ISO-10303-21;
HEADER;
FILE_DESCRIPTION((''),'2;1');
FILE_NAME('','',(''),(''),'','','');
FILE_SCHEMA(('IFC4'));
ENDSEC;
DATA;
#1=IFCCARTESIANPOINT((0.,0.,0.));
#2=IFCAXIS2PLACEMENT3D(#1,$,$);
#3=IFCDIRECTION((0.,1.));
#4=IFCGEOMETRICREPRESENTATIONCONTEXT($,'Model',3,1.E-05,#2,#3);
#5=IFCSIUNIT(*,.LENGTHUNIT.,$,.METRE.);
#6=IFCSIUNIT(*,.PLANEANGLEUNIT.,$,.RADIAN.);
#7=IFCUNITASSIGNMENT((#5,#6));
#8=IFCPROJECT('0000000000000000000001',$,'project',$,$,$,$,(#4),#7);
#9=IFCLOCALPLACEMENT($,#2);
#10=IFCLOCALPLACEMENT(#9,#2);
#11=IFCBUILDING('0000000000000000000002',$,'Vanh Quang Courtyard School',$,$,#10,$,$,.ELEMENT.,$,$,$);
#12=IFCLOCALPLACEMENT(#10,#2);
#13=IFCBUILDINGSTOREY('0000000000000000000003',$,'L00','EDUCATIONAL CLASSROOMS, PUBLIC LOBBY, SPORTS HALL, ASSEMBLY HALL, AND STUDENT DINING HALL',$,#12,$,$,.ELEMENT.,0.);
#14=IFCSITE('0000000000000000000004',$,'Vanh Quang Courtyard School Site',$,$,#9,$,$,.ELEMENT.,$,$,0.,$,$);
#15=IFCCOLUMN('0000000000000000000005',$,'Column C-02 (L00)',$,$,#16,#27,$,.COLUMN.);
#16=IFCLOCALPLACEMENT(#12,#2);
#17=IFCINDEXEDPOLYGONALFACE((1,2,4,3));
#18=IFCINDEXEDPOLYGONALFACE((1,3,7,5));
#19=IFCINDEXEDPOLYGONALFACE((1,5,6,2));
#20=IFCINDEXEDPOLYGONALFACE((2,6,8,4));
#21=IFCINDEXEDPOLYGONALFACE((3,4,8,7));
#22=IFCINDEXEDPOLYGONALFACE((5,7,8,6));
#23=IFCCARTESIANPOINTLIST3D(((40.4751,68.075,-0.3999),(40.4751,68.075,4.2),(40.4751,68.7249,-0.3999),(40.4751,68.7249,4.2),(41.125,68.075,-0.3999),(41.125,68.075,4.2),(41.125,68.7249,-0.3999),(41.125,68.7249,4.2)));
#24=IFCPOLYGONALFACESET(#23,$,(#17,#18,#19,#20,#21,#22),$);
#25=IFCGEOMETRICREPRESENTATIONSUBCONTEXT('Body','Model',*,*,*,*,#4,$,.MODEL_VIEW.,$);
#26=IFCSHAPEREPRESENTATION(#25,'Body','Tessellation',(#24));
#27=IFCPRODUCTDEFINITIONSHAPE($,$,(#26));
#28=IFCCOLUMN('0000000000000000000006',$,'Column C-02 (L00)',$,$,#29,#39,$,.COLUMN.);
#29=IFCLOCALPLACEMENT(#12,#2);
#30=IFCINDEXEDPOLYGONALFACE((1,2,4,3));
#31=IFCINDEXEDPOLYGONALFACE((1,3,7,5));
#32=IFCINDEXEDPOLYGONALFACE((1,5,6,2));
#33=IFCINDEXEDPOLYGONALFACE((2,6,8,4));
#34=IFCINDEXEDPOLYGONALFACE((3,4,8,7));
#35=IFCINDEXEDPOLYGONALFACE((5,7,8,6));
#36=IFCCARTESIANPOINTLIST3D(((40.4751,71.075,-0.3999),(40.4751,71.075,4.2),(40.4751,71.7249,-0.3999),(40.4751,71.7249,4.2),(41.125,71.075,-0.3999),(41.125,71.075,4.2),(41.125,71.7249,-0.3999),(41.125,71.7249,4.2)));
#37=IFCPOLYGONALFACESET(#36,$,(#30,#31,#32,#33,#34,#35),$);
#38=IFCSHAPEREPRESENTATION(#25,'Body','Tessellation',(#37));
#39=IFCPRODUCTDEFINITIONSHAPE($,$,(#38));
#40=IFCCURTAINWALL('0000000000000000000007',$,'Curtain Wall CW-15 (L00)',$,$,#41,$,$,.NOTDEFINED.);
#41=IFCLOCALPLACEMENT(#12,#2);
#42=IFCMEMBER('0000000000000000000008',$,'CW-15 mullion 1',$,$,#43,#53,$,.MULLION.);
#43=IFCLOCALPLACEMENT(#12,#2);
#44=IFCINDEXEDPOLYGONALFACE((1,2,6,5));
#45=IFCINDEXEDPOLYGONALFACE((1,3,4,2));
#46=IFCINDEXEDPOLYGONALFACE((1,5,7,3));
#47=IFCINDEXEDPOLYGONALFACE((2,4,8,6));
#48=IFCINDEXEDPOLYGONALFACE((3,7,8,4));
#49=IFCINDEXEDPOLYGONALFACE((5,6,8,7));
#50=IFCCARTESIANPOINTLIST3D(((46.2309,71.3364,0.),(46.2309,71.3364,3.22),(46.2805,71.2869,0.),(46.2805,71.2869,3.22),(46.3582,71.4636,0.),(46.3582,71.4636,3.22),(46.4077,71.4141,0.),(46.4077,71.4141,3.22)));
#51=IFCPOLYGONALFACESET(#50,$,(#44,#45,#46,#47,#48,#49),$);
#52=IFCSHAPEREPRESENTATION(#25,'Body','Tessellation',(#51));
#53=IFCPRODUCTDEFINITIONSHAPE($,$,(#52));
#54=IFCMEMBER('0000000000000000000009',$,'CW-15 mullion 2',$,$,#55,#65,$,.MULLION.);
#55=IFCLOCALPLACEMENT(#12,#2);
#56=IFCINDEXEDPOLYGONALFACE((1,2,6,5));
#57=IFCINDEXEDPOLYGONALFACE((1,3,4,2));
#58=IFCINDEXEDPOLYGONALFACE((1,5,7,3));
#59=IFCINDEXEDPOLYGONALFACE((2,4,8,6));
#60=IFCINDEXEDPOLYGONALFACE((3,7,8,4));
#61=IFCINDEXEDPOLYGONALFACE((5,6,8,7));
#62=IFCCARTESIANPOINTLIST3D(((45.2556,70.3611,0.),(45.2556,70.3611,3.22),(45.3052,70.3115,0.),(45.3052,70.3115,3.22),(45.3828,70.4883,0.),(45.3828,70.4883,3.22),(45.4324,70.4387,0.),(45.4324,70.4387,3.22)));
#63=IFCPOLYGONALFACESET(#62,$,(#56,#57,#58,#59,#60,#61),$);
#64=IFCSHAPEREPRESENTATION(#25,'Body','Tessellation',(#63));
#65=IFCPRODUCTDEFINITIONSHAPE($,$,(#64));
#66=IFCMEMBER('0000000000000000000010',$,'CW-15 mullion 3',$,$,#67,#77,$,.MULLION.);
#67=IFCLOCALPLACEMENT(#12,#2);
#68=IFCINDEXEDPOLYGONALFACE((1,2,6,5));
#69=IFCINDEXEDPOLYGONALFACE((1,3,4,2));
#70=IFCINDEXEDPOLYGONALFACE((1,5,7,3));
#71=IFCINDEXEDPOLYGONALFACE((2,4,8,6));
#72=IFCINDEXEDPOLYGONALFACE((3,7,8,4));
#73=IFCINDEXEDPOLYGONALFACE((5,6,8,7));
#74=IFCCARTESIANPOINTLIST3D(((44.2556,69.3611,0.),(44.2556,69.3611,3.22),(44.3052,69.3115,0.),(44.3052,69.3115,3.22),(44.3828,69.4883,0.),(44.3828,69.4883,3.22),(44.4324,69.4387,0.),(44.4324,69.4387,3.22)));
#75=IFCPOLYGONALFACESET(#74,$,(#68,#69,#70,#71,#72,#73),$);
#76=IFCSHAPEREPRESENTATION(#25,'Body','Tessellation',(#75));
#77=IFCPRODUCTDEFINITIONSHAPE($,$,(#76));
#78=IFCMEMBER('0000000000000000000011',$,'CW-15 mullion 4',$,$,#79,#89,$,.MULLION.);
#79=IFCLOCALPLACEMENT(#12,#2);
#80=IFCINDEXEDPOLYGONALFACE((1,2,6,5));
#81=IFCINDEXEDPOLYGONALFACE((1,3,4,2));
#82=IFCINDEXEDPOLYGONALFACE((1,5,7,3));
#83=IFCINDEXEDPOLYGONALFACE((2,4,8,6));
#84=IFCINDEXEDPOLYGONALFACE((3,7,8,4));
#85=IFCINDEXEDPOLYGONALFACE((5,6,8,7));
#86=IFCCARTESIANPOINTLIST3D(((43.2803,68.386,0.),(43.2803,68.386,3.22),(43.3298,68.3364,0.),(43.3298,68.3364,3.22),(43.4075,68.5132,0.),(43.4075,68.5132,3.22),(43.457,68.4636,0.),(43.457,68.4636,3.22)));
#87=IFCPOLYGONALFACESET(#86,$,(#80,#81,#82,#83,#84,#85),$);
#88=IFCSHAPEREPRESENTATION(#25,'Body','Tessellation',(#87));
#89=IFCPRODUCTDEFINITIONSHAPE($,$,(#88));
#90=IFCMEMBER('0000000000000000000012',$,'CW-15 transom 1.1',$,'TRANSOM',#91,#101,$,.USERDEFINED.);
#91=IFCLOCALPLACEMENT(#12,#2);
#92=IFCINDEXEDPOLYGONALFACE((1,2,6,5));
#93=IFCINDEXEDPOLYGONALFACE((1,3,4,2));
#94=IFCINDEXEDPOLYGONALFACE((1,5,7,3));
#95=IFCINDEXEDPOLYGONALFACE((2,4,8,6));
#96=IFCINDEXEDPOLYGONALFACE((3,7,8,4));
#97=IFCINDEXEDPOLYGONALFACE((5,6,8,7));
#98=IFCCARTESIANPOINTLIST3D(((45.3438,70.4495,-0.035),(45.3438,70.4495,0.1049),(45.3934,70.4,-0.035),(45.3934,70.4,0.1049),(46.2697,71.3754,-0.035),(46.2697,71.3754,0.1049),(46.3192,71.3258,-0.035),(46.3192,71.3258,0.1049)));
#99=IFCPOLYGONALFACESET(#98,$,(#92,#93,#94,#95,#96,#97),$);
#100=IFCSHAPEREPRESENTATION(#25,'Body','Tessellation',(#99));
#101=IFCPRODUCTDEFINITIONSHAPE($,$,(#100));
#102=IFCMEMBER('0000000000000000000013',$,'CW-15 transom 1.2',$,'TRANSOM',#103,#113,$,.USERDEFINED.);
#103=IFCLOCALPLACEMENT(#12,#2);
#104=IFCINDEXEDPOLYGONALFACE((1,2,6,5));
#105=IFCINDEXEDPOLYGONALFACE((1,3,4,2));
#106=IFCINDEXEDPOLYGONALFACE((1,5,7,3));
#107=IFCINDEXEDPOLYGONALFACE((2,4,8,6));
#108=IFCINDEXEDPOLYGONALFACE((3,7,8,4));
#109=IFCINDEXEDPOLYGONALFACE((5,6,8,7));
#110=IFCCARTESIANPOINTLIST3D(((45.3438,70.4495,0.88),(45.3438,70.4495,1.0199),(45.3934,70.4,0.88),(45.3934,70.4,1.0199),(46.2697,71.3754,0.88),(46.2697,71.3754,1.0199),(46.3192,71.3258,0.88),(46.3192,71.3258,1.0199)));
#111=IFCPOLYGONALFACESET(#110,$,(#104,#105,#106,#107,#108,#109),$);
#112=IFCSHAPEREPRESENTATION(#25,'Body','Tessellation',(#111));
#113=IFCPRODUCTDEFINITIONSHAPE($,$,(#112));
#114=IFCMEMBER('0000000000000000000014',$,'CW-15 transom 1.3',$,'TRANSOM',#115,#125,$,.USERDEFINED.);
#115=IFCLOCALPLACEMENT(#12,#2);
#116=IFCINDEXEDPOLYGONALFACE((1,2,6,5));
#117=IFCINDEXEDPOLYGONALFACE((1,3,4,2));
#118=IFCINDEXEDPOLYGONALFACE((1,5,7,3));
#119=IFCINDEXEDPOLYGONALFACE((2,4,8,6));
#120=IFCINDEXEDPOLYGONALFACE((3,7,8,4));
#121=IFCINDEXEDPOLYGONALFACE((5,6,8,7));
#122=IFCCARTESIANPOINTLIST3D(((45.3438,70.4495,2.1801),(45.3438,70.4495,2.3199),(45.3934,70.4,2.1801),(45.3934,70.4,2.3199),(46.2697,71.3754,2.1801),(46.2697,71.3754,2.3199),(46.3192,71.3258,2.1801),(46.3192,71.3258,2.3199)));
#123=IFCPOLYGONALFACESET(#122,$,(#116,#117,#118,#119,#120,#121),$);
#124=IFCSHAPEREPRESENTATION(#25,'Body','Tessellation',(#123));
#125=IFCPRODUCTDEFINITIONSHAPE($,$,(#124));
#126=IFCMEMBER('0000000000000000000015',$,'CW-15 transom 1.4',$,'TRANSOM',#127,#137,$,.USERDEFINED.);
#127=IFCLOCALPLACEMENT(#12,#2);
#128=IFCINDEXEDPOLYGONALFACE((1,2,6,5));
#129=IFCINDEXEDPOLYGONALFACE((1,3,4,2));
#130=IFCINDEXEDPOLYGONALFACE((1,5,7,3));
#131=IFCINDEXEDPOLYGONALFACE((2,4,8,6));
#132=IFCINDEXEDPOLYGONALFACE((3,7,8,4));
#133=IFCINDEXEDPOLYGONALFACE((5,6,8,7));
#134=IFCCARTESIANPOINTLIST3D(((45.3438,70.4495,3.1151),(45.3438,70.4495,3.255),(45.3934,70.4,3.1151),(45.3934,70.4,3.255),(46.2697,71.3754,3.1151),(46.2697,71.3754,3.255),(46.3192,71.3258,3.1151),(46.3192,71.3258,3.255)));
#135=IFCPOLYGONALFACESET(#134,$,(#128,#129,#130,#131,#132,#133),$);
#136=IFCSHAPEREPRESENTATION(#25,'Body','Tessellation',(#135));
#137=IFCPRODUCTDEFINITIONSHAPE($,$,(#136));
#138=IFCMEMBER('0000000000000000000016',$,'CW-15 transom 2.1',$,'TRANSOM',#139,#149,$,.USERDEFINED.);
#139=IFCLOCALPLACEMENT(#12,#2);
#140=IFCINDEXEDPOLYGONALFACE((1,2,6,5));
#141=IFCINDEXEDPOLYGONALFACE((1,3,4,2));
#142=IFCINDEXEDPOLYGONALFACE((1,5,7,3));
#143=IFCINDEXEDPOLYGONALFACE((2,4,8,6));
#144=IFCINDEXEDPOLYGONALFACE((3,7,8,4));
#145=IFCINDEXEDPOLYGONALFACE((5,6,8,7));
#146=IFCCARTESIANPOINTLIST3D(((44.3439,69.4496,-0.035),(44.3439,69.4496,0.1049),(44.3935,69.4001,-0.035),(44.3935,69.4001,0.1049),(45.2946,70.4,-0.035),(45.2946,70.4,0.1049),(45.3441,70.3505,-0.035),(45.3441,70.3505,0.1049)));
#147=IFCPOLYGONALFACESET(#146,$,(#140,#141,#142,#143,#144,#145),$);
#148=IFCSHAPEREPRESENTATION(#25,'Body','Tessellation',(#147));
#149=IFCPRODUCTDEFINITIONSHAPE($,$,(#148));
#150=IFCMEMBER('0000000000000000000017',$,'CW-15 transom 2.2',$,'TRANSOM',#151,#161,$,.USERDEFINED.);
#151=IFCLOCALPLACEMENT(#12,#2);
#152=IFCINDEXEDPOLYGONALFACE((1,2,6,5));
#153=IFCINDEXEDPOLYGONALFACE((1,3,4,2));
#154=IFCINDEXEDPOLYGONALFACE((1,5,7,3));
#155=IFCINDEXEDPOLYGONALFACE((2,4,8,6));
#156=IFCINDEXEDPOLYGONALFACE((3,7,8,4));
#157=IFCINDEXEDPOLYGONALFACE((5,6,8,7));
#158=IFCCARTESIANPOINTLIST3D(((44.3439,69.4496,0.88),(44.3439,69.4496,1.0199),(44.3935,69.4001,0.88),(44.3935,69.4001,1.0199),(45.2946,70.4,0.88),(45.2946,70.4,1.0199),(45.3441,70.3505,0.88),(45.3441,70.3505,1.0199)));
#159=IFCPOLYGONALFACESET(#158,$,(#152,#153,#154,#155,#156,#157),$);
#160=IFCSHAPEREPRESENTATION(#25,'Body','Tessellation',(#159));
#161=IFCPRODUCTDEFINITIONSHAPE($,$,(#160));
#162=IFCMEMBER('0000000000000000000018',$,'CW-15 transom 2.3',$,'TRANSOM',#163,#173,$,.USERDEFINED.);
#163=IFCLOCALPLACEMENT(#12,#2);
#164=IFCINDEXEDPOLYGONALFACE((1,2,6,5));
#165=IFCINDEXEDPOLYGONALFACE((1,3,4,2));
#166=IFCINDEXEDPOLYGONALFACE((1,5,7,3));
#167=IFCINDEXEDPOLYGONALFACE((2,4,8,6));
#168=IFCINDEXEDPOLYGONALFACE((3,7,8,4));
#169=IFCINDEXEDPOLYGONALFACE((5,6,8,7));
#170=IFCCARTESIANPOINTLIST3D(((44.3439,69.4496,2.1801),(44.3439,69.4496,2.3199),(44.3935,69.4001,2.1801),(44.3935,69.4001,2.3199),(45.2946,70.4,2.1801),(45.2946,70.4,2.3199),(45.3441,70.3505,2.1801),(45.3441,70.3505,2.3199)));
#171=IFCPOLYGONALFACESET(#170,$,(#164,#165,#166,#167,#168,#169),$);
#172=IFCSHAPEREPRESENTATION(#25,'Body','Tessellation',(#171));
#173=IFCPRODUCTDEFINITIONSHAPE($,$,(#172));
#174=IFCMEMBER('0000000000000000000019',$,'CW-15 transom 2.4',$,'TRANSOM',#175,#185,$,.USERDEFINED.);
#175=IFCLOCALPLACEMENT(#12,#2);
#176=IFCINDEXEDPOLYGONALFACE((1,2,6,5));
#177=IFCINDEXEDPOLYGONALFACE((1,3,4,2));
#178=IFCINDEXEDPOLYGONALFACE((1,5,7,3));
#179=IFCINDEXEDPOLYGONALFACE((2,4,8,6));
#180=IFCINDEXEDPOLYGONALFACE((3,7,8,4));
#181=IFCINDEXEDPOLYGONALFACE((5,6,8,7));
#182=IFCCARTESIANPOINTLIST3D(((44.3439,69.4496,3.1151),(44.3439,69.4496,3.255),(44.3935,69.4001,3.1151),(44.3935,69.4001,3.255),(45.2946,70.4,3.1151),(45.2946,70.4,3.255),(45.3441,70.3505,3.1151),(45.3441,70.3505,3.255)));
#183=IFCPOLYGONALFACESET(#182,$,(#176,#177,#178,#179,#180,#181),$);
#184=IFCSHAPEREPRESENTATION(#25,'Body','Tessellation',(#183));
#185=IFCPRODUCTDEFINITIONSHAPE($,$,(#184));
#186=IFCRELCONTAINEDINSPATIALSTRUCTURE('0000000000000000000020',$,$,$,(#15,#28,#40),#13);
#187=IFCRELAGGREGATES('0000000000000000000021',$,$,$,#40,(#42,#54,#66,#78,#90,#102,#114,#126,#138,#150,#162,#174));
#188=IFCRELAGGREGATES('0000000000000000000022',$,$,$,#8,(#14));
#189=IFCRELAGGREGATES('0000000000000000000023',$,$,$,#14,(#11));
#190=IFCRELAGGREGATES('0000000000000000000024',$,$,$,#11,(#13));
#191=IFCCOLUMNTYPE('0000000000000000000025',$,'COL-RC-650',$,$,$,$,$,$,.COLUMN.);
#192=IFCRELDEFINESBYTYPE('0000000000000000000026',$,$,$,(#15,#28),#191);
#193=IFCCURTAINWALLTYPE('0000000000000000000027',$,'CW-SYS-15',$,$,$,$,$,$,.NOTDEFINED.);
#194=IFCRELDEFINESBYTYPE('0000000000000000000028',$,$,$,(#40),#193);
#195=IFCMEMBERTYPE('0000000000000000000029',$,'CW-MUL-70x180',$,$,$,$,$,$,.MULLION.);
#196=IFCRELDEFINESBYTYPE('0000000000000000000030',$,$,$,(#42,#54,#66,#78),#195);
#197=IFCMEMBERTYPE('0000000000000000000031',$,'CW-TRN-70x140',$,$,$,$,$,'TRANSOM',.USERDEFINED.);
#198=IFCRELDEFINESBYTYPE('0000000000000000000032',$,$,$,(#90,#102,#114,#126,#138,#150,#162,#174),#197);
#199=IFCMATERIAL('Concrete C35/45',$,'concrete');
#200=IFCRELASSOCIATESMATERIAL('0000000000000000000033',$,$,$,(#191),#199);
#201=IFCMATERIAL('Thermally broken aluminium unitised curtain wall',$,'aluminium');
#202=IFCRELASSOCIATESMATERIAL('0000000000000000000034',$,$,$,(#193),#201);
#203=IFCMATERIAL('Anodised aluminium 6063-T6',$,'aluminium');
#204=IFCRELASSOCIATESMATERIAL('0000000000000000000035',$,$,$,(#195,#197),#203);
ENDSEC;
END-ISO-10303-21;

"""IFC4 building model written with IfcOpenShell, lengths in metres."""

from ifc_helpers import new_model, si_unit, direction, frame, origin, origin_2d, place, context, subcontext, project, spatial, rectangle, extrude, material, material_profile, profile_set, type_object, element, aggregate, save


model = new_model("IFC4")

# Units and contexts
model_context = context("Model", 3, precision=1e-05, world=origin(), true_north=direction((0.0, 1.0)))
body_context = subcontext(model_context, "Body", "Model", "MODEL_VIEW")
ifc_project = project(units=[si_unit("LENGTHUNIT", "METRE"), si_unit("PLANEANGLEUNIT", "RADIAN")], contexts=[model_context])

# Site, building, storey
site_placement = place(None, origin())
site = spatial("IfcSite", under=ifc_project, at=site_placement, Name="Vanh Quang Courtyard School Site", CompositionType="ELEMENT", RefElevation=0.0)
building_placement = place(site_placement, origin())
building = spatial("IfcBuilding", under=site, at=building_placement, Name="Vanh Quang Courtyard School", CompositionType="ELEMENT")
storey_placement = place(building_placement, origin())
storey = spatial("IfcBuildingStorey", under=building, at=storey_placement, Name="L00", Description="EDUCATIONAL CLASSROOMS, PUBLIC LOBBY, SPORTS HALL, ASSEMBLY HALL, AND STUDENT DINING HALL", CompositionType="ELEMENT", Elevation=0.0)

# Columns
ifc_material_1 = material(Name="Concrete C35/45", Category="concrete")
ifc_material_profile_1 = material_profile(ifc_material_1, rectangle(XDim=0.6499, YDim=0.6499, at=origin_2d()), Name="RC-COL 650x650")
ifc_profile_set_1 = profile_set([ifc_material_profile_1], Name="Concrete C35/45")
column_type = type_object("IfcColumnType", Name="COL-RC-650", PredefinedType="COLUMN", material=ifc_profile_set_1)
for number, where, z_axis, x_axis, name in (
    (1, (40.8, 68.3999, -0.3999), (0.0, 0.0, 1.0), (1.0, 0.0, 0.0), "Column C-02 (L00)"),
    (2, (40.8, 71.3999, -0.3999), (0.0, 0.0, 1.0), (1.0, 0.0, 0.0), "Column C-02 (L00)"),
):
    element("IfcColumn", number, at=place(storey_placement, frame(where, z_axis=z_axis, x_axis=x_axis)), inside=storey, type_object=column_type, Name=name, PredefinedType="COLUMN", context=body_context, shape_type="SweptSolid", body=[
        extrude(rectangle(XDim=0.6499, YDim=0.6499, at=origin_2d()), origin(), (0.0, 0.0, 1.0), 4.5999),
    ])

# Curtain wall, members
ifc_material_2 = material(Name="Thermally broken aluminium unitised curtain wall", Category="aluminium")
curtain_wall_type = type_object("IfcCurtainWallType", Name="CW-SYS-15", PredefinedType="NOTDEFINED", material=ifc_material_2)
curtain_wall_placement = place(storey_placement, origin())
curtain_wall = element("IfcCurtainWall", 3, at=curtain_wall_placement, inside=storey, type_object=curtain_wall_type, Name="Curtain Wall CW-15 (L00)", PredefinedType="NOTDEFINED")
ifc_material_3 = material(Name="Anodised aluminium 6063-T6", Category="aluminium")
ifc_material_profile_2 = material_profile(ifc_material_3, rectangle(XDim=0.0701, YDim=0.1799, at=origin_2d()), Name="ALU-MUL 70x180")
ifc_profile_set_2 = profile_set([ifc_material_profile_2], Name="Anodised aluminium 6063-T6")
member_type_1 = type_object("IfcMemberType", Name="CW-MUL-70x180", PredefinedType="MULLION", material=ifc_profile_set_2)
member_1_placement = place(storey_placement, frame((46.3193, 71.3752, 0.0), z_axis=(0.0, 0.0, 1.0), x_axis=(0.707107, -0.707107, 0.0)))
member_1 = element("IfcMember", 4, at=member_1_placement, type_object=member_type_1, Name="CW-15 mullion 1", PredefinedType="MULLION", context=body_context, shape_type="SweptSolid", body=[
    extrude(rectangle(XDim=0.0701, YDim=0.1799, at=origin_2d()), origin(), (0.0, 0.0, 1.0), 3.22),
])
member_2_placement = place(storey_placement, frame((45.344, 70.3999, 0.0), z_axis=(0.0, 0.0, 1.0), x_axis=(0.707107, -0.707107, 0.0)))
member_2 = element("IfcMember", 5, at=member_2_placement, type_object=member_type_1, Name="CW-15 mullion 2", PredefinedType="MULLION", context=body_context, shape_type="SweptSolid", body=[
    extrude(rectangle(XDim=0.0701, YDim=0.1799, at=origin_2d()), origin(), (0.0, 0.0, 1.0), 3.22),
])
member_3_placement = place(storey_placement, frame((44.344, 69.3999, 0.0), z_axis=(0.0, 0.0, 1.0), x_axis=(0.707107, -0.707107, 0.0)))
member_3 = element("IfcMember", 6, at=member_3_placement, type_object=member_type_1, Name="CW-15 mullion 3", PredefinedType="MULLION", context=body_context, shape_type="SweptSolid", body=[
    extrude(rectangle(XDim=0.0701, YDim=0.1799, at=origin_2d()), origin(), (0.0, 0.0, 1.0), 3.22),
])
member_4_placement = place(storey_placement, frame((43.3687, 68.4248, 0.0), z_axis=(0.0, 0.0, 1.0), x_axis=(0.707107, -0.707107, 0.0)))
member_4 = element("IfcMember", 7, at=member_4_placement, type_object=member_type_1, Name="CW-15 mullion 4", PredefinedType="MULLION", context=body_context, shape_type="SweptSolid", body=[
    extrude(rectangle(XDim=0.0701, YDim=0.1799, at=origin_2d()), origin(), (0.0, 0.0, 1.0), 3.22),
])
ifc_material_profile_3 = material_profile(ifc_material_3, rectangle(XDim=0.0701, YDim=0.1399, at=origin_2d()), Name="ALU-TRN 70x140")
ifc_profile_set_3 = profile_set([ifc_material_profile_3], Name="Anodised aluminium 6063-T6")
member_type_2 = type_object("IfcMemberType", Name="CW-TRN-70x140", ElementType="TRANSOM", PredefinedType="USERDEFINED", material=ifc_profile_set_3)
member_5_placement = place(storey_placement, frame((46.2944, 71.3506, 0.0349), z_axis=(-0.707107, -0.707107, 0.0), x_axis=(0.707107, -0.707107, 0.0)))
member_5 = element("IfcMember", 8, at=member_5_placement, type_object=member_type_2, Name="CW-15 transom 1.1", ObjectType="TRANSOM", PredefinedType="USERDEFINED", context=body_context, shape_type="SweptSolid", body=[
    extrude(rectangle(XDim=0.0701, YDim=0.1399, at=origin_2d()), origin(), (0.0, 0.0, 1.0), 1.3093),
])
member_6_placement = place(storey_placement, frame((46.2944, 71.3506, 0.95), z_axis=(-0.707107, -0.707107, 0.0), x_axis=(0.707107, -0.707107, 0.0)))
member_6 = element("IfcMember", 9, at=member_6_placement, type_object=member_type_2, Name="CW-15 transom 1.2", ObjectType="TRANSOM", PredefinedType="USERDEFINED", context=body_context, shape_type="SweptSolid", body=[
    extrude(rectangle(XDim=0.0701, YDim=0.1399, at=origin_2d()), origin(), (0.0, 0.0, 1.0), 1.3093),
])
member_7_placement = place(storey_placement, frame((46.2944, 71.3506, 2.25), z_axis=(-0.707107, -0.707107, 0.0), x_axis=(0.707107, -0.707107, 0.0)))
member_7 = element("IfcMember", 10, at=member_7_placement, type_object=member_type_2, Name="CW-15 transom 1.3", ObjectType="TRANSOM", PredefinedType="USERDEFINED", context=body_context, shape_type="SweptSolid", body=[
    extrude(rectangle(XDim=0.0701, YDim=0.1399, at=origin_2d()), origin(), (0.0, 0.0, 1.0), 1.3093),
])
member_8_placement = place(storey_placement, frame((46.2944, 71.3506, 3.1851), z_axis=(-0.707107, -0.707107, 0.0), x_axis=(0.707107, -0.707107, 0.0)))
member_8 = element("IfcMember", 11, at=member_8_placement, type_object=member_type_2, Name="CW-15 transom 1.4", ObjectType="TRANSOM", PredefinedType="USERDEFINED", context=body_context, shape_type="SweptSolid", body=[
    extrude(rectangle(XDim=0.0701, YDim=0.1399, at=origin_2d()), origin(), (0.0, 0.0, 1.0), 1.3093),
])
member_9_placement = place(storey_placement, frame((45.3193, 70.3752, 0.0349), z_axis=(-0.707198, -0.707016, 0.0), x_axis=(0.707016, -0.707198, 0.0)))
member_9 = element("IfcMember", 12, at=member_9_placement, type_object=member_type_2, Name="CW-15 transom 2.1", ObjectType="TRANSOM", PredefinedType="USERDEFINED", context=body_context, shape_type="SweptSolid", body=[
    extrude(rectangle(XDim=0.0701, YDim=0.1399, at=origin_2d()), origin(), (0.0, 0.0, 1.0), 1.3442),
])
member_10_placement = place(storey_placement, frame((45.3193, 70.3752, 0.95), z_axis=(-0.707198, -0.707016, 0.0), x_axis=(0.707016, -0.707198, 0.0)))
member_10 = element("IfcMember", 13, at=member_10_placement, type_object=member_type_2, Name="CW-15 transom 2.2", ObjectType="TRANSOM", PredefinedType="USERDEFINED", context=body_context, shape_type="SweptSolid", body=[
    extrude(rectangle(XDim=0.0701, YDim=0.1399, at=origin_2d()), origin(), (0.0, 0.0, 1.0), 1.3442),
])
member_11_placement = place(storey_placement, frame((45.3193, 70.3752, 2.25), z_axis=(-0.707198, -0.707016, 0.0), x_axis=(0.707016, -0.707198, 0.0)))
member_11 = element("IfcMember", 14, at=member_11_placement, type_object=member_type_2, Name="CW-15 transom 2.3", ObjectType="TRANSOM", PredefinedType="USERDEFINED", context=body_context, shape_type="SweptSolid", body=[
    extrude(rectangle(XDim=0.0701, YDim=0.1399, at=origin_2d()), origin(), (0.0, 0.0, 1.0), 1.3442),
])
member_12_placement = place(storey_placement, frame((45.3193, 70.3752, 3.1851), z_axis=(-0.707198, -0.707016, 0.0), x_axis=(0.707016, -0.707198, 0.0)))
member_12 = element("IfcMember", 15, at=member_12_placement, type_object=member_type_2, Name="CW-15 transom 2.4", ObjectType="TRANSOM", PredefinedType="USERDEFINED", context=body_context, shape_type="SweptSolid", body=[
    extrude(rectangle(XDim=0.0701, YDim=0.1399, at=origin_2d()), origin(), (0.0, 0.0, 1.0), 1.3442),
])
aggregate(curtain_wall, [member_1, member_2, member_3, member_4, member_5, member_6, member_7, member_8, member_9, member_10, member_11, member_12])

save(model, "model.ifc")
